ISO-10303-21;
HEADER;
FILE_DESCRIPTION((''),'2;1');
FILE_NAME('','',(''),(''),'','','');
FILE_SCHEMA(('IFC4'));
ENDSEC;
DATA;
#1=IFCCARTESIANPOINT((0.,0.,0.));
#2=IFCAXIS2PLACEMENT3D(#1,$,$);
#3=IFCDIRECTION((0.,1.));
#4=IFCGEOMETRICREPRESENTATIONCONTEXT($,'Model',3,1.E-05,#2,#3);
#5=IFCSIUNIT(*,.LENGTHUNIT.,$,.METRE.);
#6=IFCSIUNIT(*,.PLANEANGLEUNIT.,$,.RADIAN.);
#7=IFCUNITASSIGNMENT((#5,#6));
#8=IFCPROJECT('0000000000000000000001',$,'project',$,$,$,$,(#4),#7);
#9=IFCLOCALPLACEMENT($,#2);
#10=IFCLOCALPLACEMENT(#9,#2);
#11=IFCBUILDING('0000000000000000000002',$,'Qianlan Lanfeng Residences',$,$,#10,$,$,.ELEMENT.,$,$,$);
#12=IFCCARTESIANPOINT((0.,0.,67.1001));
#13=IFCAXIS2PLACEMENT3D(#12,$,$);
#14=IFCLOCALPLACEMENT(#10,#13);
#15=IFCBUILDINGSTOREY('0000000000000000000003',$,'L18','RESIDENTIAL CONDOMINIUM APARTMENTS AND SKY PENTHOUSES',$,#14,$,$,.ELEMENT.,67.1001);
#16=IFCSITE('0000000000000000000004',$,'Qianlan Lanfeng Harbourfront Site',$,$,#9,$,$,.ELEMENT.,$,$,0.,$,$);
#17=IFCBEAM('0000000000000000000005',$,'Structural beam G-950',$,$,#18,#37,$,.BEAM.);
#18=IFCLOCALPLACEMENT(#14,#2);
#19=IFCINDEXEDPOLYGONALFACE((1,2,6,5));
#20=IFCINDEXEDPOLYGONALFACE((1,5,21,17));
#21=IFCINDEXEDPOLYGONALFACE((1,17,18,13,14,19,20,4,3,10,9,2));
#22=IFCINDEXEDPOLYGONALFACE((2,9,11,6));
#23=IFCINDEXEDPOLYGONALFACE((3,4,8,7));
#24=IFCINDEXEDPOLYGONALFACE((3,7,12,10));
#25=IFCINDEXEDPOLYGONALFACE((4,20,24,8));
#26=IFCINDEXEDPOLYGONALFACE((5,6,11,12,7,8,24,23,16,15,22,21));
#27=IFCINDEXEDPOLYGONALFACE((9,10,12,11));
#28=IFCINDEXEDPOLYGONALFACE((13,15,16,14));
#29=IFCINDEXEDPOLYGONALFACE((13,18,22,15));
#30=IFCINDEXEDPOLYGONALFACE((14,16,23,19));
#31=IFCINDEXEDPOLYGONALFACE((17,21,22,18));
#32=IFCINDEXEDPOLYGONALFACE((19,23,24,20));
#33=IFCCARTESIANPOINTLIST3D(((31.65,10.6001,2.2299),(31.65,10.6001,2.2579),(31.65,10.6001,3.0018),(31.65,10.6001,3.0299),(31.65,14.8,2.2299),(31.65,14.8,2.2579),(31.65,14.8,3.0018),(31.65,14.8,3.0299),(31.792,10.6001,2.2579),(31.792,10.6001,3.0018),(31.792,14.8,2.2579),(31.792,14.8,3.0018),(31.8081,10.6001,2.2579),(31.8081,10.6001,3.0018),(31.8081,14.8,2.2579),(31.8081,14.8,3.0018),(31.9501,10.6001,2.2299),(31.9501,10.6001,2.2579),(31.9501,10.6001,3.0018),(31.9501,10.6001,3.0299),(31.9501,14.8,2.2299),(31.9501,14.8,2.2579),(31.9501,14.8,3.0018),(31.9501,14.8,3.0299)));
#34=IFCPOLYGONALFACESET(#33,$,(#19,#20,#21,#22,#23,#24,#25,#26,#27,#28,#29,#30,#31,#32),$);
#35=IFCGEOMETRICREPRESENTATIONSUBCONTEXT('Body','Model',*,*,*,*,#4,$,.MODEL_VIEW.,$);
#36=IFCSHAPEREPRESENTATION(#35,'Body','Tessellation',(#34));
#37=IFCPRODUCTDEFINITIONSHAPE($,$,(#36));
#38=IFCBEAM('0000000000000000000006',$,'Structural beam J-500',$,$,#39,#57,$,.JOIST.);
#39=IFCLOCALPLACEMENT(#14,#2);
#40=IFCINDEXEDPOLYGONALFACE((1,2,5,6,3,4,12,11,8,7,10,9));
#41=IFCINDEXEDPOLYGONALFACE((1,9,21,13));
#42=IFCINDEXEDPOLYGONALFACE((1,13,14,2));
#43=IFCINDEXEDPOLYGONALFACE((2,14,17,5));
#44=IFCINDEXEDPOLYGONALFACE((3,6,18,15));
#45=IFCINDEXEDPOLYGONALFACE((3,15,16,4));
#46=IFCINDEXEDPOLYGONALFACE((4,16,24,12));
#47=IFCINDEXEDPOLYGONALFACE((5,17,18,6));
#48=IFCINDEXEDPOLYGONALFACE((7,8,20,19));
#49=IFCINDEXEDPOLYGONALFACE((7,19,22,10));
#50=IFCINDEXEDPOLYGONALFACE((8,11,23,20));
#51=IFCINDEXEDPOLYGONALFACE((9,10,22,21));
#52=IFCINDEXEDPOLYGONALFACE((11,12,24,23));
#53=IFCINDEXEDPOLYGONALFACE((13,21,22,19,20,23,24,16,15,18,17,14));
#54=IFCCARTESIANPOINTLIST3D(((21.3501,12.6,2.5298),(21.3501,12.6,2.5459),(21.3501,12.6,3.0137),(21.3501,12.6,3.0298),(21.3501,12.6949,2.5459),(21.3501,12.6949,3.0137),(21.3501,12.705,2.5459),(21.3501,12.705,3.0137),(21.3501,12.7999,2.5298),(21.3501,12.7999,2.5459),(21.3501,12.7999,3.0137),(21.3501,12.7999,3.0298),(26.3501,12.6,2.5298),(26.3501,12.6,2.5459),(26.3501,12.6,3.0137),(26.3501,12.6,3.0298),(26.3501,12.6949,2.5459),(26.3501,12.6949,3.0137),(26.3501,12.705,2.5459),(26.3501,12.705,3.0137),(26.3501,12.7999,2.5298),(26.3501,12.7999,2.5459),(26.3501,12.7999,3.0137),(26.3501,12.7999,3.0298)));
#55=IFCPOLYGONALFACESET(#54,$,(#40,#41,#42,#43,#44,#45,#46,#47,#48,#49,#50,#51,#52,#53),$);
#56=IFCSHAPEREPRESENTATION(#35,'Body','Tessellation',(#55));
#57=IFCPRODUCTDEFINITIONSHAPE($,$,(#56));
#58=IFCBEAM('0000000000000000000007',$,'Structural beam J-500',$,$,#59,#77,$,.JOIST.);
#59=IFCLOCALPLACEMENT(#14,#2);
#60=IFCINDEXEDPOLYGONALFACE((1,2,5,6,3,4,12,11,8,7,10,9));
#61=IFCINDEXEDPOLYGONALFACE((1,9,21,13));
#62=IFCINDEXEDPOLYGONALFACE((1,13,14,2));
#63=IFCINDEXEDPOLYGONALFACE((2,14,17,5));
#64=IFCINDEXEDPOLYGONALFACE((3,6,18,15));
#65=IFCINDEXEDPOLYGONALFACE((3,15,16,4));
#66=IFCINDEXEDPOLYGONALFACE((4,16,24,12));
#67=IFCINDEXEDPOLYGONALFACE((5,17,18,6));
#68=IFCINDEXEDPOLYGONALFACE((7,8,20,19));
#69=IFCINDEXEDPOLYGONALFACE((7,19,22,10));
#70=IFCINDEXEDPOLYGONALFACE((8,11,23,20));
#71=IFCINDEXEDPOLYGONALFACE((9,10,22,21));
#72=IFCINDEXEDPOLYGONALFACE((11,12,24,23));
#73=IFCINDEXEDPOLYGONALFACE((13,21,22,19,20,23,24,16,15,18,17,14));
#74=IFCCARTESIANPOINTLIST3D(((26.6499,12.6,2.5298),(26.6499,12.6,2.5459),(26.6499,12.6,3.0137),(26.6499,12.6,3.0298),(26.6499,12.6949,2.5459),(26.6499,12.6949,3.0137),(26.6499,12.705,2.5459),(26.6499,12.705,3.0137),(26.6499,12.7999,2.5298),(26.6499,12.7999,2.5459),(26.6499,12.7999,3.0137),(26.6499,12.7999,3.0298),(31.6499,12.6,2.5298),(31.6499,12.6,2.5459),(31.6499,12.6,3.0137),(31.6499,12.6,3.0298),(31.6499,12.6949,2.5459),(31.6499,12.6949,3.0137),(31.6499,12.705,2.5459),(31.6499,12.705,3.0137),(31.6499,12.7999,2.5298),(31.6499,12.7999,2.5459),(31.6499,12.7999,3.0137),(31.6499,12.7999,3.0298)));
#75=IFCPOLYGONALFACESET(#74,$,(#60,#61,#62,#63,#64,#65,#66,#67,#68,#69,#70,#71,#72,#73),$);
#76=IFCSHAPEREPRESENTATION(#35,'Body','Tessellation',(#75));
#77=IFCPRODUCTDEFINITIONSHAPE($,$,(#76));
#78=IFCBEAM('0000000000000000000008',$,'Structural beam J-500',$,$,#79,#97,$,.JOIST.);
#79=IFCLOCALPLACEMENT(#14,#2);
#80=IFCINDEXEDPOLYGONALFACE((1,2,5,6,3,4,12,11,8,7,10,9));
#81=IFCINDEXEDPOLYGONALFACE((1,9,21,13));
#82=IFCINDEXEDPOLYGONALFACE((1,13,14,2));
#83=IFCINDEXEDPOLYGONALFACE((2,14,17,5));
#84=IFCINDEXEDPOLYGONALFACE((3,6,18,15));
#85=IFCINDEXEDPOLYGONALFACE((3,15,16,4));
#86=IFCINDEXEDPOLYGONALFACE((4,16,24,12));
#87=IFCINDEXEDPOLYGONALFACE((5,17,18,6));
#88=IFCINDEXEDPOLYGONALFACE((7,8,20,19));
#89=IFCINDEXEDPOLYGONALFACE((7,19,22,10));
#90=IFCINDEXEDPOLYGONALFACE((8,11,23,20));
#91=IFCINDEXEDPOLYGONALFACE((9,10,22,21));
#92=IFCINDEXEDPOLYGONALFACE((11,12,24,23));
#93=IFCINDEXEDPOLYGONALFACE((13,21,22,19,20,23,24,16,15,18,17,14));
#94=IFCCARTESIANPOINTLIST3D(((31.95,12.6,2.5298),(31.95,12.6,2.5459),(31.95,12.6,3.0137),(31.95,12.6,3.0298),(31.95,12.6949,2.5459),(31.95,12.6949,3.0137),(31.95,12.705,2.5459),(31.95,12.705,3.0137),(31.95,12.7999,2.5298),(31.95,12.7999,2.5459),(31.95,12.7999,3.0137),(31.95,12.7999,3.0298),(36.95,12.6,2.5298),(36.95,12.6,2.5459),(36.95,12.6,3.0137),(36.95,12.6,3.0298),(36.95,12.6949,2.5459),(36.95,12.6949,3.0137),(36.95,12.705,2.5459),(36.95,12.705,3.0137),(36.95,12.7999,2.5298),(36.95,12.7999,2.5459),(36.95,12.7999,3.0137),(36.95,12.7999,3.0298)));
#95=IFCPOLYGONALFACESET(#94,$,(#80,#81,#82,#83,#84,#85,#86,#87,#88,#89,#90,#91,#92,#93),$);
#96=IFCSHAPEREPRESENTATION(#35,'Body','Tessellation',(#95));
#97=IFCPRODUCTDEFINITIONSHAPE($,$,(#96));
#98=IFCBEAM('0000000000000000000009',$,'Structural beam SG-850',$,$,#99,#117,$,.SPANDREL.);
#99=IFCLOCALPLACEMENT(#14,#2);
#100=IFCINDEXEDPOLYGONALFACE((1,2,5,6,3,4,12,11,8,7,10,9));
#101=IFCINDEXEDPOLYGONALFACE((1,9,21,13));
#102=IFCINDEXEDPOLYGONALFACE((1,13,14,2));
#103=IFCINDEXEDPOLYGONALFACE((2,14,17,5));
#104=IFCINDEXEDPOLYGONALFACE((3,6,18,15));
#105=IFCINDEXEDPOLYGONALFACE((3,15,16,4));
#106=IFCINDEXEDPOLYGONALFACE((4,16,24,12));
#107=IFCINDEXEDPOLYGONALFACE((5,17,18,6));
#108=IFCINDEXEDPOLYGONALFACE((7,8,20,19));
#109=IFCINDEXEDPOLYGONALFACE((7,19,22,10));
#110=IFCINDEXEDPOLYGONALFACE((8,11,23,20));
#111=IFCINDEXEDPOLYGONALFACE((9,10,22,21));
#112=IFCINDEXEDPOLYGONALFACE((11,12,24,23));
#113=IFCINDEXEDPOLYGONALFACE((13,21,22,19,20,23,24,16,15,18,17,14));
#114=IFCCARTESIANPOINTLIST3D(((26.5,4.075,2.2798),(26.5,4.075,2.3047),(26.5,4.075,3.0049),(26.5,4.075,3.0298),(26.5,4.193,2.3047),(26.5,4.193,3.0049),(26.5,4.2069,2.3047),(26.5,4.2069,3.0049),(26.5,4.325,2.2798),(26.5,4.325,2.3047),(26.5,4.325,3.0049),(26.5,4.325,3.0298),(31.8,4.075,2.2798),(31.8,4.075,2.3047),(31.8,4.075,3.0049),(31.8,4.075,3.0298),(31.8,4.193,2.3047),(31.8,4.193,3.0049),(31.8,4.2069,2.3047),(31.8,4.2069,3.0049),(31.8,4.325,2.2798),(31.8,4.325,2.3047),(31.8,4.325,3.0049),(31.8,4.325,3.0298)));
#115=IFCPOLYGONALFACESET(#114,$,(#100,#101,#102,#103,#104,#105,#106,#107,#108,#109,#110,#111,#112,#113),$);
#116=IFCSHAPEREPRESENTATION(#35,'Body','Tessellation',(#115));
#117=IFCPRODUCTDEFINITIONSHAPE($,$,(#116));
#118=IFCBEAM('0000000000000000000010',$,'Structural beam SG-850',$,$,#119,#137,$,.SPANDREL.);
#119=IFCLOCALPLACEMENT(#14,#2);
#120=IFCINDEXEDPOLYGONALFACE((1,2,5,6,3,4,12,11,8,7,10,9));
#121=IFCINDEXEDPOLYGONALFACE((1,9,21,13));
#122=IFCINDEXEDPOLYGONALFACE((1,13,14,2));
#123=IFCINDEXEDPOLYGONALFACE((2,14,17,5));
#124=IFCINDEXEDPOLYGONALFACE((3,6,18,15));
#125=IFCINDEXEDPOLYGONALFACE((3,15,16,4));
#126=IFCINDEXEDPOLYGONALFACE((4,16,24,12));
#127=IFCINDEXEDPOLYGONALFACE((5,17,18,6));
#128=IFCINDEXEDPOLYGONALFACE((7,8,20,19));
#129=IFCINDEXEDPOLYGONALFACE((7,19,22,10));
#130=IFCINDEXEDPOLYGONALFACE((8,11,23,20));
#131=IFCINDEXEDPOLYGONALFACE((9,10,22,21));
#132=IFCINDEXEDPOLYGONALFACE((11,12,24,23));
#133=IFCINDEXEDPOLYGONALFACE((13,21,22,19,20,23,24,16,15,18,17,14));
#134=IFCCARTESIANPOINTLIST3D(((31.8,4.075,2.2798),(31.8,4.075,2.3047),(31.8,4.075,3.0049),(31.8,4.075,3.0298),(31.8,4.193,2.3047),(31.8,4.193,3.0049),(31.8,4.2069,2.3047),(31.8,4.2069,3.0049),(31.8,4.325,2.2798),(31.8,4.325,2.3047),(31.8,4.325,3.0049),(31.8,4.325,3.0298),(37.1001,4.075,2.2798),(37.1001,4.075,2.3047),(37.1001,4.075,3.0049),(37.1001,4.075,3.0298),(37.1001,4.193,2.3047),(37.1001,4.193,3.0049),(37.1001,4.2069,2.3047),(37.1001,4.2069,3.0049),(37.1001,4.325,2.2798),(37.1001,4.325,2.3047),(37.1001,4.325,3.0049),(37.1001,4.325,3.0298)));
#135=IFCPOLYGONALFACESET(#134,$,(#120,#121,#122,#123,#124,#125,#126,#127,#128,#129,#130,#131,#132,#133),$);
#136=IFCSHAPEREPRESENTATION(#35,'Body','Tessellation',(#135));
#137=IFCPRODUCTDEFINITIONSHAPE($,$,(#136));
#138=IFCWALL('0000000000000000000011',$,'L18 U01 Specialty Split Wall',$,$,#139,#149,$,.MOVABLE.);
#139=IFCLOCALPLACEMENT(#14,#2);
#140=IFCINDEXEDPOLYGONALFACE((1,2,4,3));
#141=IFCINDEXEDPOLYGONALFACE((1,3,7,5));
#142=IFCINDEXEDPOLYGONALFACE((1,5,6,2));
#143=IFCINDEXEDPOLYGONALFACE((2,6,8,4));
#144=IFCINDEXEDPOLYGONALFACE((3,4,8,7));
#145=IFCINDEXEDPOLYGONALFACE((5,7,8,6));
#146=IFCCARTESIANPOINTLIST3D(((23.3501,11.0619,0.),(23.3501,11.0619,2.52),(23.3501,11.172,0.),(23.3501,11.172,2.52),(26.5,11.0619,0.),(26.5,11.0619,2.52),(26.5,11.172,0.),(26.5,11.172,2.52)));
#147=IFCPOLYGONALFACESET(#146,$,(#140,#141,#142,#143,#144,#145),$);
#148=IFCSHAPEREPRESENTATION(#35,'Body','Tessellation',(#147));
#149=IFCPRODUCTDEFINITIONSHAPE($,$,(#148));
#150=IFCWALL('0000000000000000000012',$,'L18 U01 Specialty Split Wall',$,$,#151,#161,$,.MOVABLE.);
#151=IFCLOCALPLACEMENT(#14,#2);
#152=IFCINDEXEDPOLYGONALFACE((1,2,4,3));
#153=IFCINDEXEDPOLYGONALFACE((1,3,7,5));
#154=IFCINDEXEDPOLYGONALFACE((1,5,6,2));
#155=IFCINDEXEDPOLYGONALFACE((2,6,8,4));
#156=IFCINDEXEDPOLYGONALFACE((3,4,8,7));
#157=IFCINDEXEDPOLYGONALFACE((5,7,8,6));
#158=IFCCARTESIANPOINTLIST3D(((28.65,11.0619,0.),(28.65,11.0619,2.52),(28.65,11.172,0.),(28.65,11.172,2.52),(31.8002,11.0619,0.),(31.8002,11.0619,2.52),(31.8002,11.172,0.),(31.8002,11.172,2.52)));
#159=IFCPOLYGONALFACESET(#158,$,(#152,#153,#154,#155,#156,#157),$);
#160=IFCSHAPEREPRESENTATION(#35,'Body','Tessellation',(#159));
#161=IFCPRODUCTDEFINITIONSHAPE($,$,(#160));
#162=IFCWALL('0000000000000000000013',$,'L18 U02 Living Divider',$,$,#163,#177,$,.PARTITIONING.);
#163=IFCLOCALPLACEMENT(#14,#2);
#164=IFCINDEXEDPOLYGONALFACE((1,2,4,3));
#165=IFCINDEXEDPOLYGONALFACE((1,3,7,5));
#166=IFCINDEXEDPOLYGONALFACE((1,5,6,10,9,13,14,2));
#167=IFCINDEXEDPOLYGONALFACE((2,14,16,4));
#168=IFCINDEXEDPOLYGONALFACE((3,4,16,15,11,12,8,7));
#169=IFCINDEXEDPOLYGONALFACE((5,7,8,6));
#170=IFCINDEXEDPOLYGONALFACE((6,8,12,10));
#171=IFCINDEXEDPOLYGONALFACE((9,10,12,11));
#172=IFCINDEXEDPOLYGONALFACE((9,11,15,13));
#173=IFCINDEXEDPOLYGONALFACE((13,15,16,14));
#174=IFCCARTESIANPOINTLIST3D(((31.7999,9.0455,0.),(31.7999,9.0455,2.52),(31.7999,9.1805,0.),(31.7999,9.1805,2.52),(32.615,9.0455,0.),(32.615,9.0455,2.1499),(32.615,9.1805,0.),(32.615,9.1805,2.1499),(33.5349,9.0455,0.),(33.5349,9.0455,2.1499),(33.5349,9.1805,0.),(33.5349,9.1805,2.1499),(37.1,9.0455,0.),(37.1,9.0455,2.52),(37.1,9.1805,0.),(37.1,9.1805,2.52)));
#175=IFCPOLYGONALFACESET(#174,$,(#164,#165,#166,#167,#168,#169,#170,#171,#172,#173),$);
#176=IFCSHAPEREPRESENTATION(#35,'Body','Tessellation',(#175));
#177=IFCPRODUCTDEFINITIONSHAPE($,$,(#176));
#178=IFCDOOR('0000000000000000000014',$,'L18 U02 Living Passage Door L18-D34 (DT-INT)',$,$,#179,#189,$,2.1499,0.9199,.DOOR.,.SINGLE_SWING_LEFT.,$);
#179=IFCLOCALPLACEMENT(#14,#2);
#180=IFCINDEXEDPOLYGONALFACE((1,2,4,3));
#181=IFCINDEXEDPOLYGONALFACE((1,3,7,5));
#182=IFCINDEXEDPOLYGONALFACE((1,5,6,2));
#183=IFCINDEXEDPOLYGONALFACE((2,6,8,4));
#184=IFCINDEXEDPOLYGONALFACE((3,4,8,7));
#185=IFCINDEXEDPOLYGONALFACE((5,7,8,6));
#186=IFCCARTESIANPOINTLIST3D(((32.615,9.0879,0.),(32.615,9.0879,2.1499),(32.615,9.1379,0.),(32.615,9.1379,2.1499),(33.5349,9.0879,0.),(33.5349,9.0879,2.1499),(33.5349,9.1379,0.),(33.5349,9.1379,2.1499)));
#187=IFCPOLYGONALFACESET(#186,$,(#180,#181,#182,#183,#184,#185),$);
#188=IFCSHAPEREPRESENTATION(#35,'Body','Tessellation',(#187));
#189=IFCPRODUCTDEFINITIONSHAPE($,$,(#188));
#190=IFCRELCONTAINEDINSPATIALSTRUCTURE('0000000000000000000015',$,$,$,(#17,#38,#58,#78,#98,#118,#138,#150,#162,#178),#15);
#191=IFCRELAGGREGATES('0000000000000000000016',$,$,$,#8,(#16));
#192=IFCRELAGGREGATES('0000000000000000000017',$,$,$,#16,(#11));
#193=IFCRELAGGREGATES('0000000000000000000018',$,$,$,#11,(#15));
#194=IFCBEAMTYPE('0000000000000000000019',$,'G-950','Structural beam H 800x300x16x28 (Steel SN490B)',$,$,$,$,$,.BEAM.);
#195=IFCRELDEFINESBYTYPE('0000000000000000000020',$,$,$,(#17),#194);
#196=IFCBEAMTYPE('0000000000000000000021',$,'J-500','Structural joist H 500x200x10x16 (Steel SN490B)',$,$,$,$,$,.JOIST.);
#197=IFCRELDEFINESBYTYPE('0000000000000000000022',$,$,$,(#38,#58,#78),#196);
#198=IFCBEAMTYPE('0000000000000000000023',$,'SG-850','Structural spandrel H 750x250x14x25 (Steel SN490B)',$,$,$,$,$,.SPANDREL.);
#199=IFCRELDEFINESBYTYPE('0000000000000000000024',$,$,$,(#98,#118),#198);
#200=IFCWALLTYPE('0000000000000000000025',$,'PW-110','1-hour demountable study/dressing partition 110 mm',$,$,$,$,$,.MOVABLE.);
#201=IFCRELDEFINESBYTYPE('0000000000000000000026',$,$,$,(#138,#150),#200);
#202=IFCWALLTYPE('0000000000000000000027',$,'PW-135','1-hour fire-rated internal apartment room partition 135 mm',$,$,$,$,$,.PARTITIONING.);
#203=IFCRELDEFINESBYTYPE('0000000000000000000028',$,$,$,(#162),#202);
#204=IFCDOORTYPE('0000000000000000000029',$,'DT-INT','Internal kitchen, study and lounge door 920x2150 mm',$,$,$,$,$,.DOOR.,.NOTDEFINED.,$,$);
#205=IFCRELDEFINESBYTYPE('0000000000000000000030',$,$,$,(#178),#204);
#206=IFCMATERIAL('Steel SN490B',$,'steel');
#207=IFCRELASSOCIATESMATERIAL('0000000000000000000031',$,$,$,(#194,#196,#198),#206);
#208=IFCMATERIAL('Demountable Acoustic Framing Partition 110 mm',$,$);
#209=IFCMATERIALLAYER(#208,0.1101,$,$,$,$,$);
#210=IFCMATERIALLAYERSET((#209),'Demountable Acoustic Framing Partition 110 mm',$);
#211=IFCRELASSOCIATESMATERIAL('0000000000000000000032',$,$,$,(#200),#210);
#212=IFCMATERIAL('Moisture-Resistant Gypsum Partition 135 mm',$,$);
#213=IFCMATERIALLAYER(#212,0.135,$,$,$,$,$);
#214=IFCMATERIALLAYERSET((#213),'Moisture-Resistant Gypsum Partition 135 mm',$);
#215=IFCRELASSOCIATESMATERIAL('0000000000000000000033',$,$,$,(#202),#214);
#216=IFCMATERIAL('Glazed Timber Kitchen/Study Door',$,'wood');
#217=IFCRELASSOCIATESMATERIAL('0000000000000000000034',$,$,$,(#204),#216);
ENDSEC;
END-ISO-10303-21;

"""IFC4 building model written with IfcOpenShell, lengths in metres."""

from ifc_helpers import new_model, si_unit, direction, frame, frame_2d, origin, origin_2d, place, context, subcontext, project, spatial, rectangle, i_section, extrude, material, layer, layer_set, material_profile, profile_set, type_object, element, fill, save


model = new_model("IFC4")

# Units and contexts
model_context = context("Model", 3, precision=1e-05, world=origin(), true_north=direction((0.0, 1.0)))
body_context = subcontext(model_context, "Body", "Model", "MODEL_VIEW")
ifc_project = project(units=[si_unit("LENGTHUNIT", "METRE"), si_unit("PLANEANGLEUNIT", "RADIAN")], contexts=[model_context])

# Site, building, storey
site_placement = place(None, origin())
site = spatial("IfcSite", under=ifc_project, at=site_placement, Name="Qianlan Lanfeng Harbourfront Site", CompositionType="ELEMENT", RefElevation=0.0)
building_placement = place(site_placement, origin())
building = spatial("IfcBuilding", under=site, at=building_placement, Name="Qianlan Lanfeng Residences", CompositionType="ELEMENT")
storey_placement = place(building_placement, frame((0.0, 0.0, 67.1001)))
storey = spatial("IfcBuildingStorey", under=building, at=storey_placement, Name="L18", Description="RESIDENTIAL CONDOMINIUM APARTMENTS AND SKY PENTHOUSES", CompositionType="ELEMENT", Elevation=67.1001)

# Shared definitions
ifc_material_1 = material(Name="Steel SN490B", Category="steel")

# Beams
ifc_material_profile_1 = material_profile(ifc_material_1, i_section(OverallWidth=0.3, OverallDepth=0.8, WebThickness=0.0161, FlangeThickness=0.0281, at=origin_2d()), Name="H 800x300x16x28")
ifc_profile_set_1 = profile_set([ifc_material_profile_1], Name="Steel SN490B")
beam_type_1 = type_object("IfcBeamType", Name="G-950", Description="Structural beam H 800x300x16x28 (Steel SN490B)", PredefinedType="BEAM", material=ifc_profile_set_1)
beam_1_placement = place(storey_placement, frame((31.8, 10.6001, 2.6299), z_axis=(0.0, 1.0, 0.0), x_axis=(-1.0, 0.0, 0.0)))
element("IfcBeam", 1, at=beam_1_placement, inside=storey, type_object=beam_type_1, Name="Structural beam G-950", PredefinedType="BEAM", context=body_context, shape_type="SweptSolid", body=[
    extrude(i_section(OverallWidth=0.3, OverallDepth=0.8, WebThickness=0.0161, FlangeThickness=0.0281, at=origin_2d()), origin(), (0.0, 0.0, 1.0), 4.2),
])
ifc_material_profile_2 = material_profile(ifc_material_1, i_section(OverallWidth=0.2, OverallDepth=0.5, WebThickness=0.01, FlangeThickness=0.0161, at=origin_2d()), Name="H 500x200x10x16")
ifc_profile_set_2 = profile_set([ifc_material_profile_2], Name="Steel SN490B")
beam_type_2 = type_object("IfcBeamType", Name="J-500", Description="Structural joist H 500x200x10x16 (Steel SN490B)", PredefinedType="JOIST", material=ifc_profile_set_2)
for number, where, z_axis, x_axis, name in (
    (2, (21.3501, 12.7, 2.7798), (1.0, 0.0, 0.0), (0.0, 1.0, 0.0), "Structural beam J-500"),
    (3, (26.6499, 12.7, 2.7798), (1.0, 0.0, 0.0), (0.0, 1.0, 0.0), "Structural beam J-500"),
    (4, (31.95, 12.7, 2.7798), (1.0, 0.0, 0.0), (0.0, 1.0, 0.0), "Structural beam J-500"),
):
    element("IfcBeam", number, at=place(storey_placement, frame(where, z_axis=z_axis, x_axis=x_axis)), inside=storey, type_object=beam_type_2, Name=name, PredefinedType="JOIST", context=body_context, shape_type="SweptSolid", body=[
        extrude(i_section(OverallWidth=0.2, OverallDepth=0.5, WebThickness=0.01, FlangeThickness=0.0161, at=origin_2d()), origin(), (0.0, 0.0, 1.0), 5.0),
    ])
ifc_material_profile_3 = material_profile(ifc_material_1, i_section(OverallWidth=0.25, OverallDepth=0.75, WebThickness=0.0139, FlangeThickness=0.0249, at=origin_2d()), Name="H 750x250x14x25")
ifc_profile_set_3 = profile_set([ifc_material_profile_3], Name="Steel SN490B")
beam_type_3 = type_object("IfcBeamType", Name="SG-850", Description="Structural spandrel H 750x250x14x25 (Steel SN490B)", PredefinedType="SPANDREL", material=ifc_profile_set_3)
for number, where, z_axis, x_axis, name in (
    (5, (26.5, 4.2, 2.6548), (1.0, 0.0, 0.0), (0.0, 1.0, 0.0), "Structural beam SG-850"),
    (6, (31.8, 4.2, 2.6548), (1.0, 0.0, 0.0), (0.0, 1.0, 0.0), "Structural beam SG-850"),
):
    element("IfcBeam", number, at=place(storey_placement, frame(where, z_axis=z_axis, x_axis=x_axis)), inside=storey, type_object=beam_type_3, Name=name, PredefinedType="SPANDREL", context=body_context, shape_type="SweptSolid", body=[
        extrude(i_section(OverallWidth=0.25, OverallDepth=0.75, WebThickness=0.0139, FlangeThickness=0.0249, at=origin_2d()), origin(), (0.0, 0.0, 1.0), 5.3),
    ])

# Walls
ifc_material_2 = material(Name="Demountable Acoustic Framing Partition 110 mm")
ifc_layer_1 = layer(ifc_material_2, 0.1101)
ifc_layer_set_1 = layer_set([ifc_layer_1], Name="Demountable Acoustic Framing Partition 110 mm")
wall_type_1 = type_object("IfcWallType", Name="PW-110", Description="1-hour demountable study/dressing partition 110 mm", PredefinedType="MOVABLE", material=ifc_layer_set_1)
wall_1_placement = place(storey_placement, frame((23.3501, 11.1169, 0.0), z_axis=(0.0, 0.0, 1.0), x_axis=(1.0, 0.0, 0.0)))
element("IfcWall", 7, at=wall_1_placement, inside=storey, type_object=wall_type_1, Name="L18 U01 Specialty Split Wall", PredefinedType="MOVABLE", context=body_context, shape_type="SweptSolid", body=[
    extrude(rectangle(XDim=3.1499, YDim=0.1101, at=frame_2d((1.575, 0.0))), origin(), (0.0, 0.0, 1.0), 2.52),
])
wall_2_placement = place(storey_placement, frame((28.6499, 11.1169, 0.0), z_axis=(0.0, 0.0, 1.0), x_axis=(1.0, 0.0, 0.0)))
element("IfcWall", 8, at=wall_2_placement, inside=storey, type_object=wall_type_1, Name="L18 U01 Specialty Split Wall", PredefinedType="MOVABLE", context=body_context, shape_type="SweptSolid", body=[
    extrude(rectangle(XDim=3.1501, YDim=0.1101, at=frame_2d((1.5752, 0.0))), origin(), (0.0, 0.0, 1.0), 2.52),
])

# Wall, opening, door
ifc_material_3 = material(Name="Moisture-Resistant Gypsum Partition 135 mm")
ifc_layer_2 = layer(ifc_material_3, 0.135)
ifc_layer_set_2 = layer_set([ifc_layer_2], Name="Moisture-Resistant Gypsum Partition 135 mm")
wall_type_2 = type_object("IfcWallType", Name="PW-135", Description="1-hour fire-rated internal apartment room partition 135 mm", PredefinedType="PARTITIONING", material=ifc_layer_set_2)
wall_3_placement = place(storey_placement, frame((31.8, 9.113, 0.0), z_axis=(0.0, 0.0, 1.0), x_axis=(1.0, 0.0, 0.0)))
wall_3 = element("IfcWall", 9, at=wall_3_placement, inside=storey, type_object=wall_type_2, Name="L18 U02 Living Divider", PredefinedType="PARTITIONING", context=body_context, shape_type="SweptSolid", body=[
    extrude(rectangle(XDim=5.3, YDim=0.135, at=frame_2d((2.6499, 0.0))), origin(), (0.0, 0.0, 1.0), 2.52),
])
opening_1_placement = place(wall_3_placement, frame((0.8149, 0.0, 0.0)))
opening_1 = element("IfcOpeningElement", 10, at=opening_1_placement, cuts=wall_3, PredefinedType="OPENING", context=body_context, shape_type="SweptSolid", body=[
    extrude(rectangle(XDim=0.9199, YDim=2.1499, at=frame_2d((0.46, 1.075))), frame((0.0, 0.0776, 0.0), z_axis=(0.0, -1.0, 0.0), x_axis=(1.0, 0.0, 0.0)), (0.0, 0.0, 1.0), 0.155),
])
ifc_material_4 = material(Name="Glazed Timber Kitchen/Study Door", Category="wood")
door_type_1 = type_object("IfcDoorType", Name="DT-INT", Description="Internal kitchen, study and lounge door 920x2150 mm", OperationType="NOTDEFINED", PredefinedType="DOOR", material=ifc_material_4)
door_1_placement = place(opening_1_placement, origin())
door_1 = element("IfcDoor", 11, at=door_1_placement, inside=storey, type_object=door_type_1, Name="L18 U02 Living Passage Door L18-D34 (DT-INT)", OperationType="SINGLE_SWING_LEFT", OverallHeight=2.1499, OverallWidth=0.9199, PredefinedType="DOOR", context=body_context, shape_type="SweptSolid", body=[
    extrude(rectangle(XDim=0.9199, YDim=2.1499, at=frame_2d((0.46, 1.075))), frame((0.0, 0.0249, 0.0), z_axis=(0.0, -1.0, 0.0), x_axis=(1.0, 0.0, 0.0)), (0.0, 0.0, 1.0), 0.05),
])
fill(opening_1, door_1)

save(model, "model.ifc")
